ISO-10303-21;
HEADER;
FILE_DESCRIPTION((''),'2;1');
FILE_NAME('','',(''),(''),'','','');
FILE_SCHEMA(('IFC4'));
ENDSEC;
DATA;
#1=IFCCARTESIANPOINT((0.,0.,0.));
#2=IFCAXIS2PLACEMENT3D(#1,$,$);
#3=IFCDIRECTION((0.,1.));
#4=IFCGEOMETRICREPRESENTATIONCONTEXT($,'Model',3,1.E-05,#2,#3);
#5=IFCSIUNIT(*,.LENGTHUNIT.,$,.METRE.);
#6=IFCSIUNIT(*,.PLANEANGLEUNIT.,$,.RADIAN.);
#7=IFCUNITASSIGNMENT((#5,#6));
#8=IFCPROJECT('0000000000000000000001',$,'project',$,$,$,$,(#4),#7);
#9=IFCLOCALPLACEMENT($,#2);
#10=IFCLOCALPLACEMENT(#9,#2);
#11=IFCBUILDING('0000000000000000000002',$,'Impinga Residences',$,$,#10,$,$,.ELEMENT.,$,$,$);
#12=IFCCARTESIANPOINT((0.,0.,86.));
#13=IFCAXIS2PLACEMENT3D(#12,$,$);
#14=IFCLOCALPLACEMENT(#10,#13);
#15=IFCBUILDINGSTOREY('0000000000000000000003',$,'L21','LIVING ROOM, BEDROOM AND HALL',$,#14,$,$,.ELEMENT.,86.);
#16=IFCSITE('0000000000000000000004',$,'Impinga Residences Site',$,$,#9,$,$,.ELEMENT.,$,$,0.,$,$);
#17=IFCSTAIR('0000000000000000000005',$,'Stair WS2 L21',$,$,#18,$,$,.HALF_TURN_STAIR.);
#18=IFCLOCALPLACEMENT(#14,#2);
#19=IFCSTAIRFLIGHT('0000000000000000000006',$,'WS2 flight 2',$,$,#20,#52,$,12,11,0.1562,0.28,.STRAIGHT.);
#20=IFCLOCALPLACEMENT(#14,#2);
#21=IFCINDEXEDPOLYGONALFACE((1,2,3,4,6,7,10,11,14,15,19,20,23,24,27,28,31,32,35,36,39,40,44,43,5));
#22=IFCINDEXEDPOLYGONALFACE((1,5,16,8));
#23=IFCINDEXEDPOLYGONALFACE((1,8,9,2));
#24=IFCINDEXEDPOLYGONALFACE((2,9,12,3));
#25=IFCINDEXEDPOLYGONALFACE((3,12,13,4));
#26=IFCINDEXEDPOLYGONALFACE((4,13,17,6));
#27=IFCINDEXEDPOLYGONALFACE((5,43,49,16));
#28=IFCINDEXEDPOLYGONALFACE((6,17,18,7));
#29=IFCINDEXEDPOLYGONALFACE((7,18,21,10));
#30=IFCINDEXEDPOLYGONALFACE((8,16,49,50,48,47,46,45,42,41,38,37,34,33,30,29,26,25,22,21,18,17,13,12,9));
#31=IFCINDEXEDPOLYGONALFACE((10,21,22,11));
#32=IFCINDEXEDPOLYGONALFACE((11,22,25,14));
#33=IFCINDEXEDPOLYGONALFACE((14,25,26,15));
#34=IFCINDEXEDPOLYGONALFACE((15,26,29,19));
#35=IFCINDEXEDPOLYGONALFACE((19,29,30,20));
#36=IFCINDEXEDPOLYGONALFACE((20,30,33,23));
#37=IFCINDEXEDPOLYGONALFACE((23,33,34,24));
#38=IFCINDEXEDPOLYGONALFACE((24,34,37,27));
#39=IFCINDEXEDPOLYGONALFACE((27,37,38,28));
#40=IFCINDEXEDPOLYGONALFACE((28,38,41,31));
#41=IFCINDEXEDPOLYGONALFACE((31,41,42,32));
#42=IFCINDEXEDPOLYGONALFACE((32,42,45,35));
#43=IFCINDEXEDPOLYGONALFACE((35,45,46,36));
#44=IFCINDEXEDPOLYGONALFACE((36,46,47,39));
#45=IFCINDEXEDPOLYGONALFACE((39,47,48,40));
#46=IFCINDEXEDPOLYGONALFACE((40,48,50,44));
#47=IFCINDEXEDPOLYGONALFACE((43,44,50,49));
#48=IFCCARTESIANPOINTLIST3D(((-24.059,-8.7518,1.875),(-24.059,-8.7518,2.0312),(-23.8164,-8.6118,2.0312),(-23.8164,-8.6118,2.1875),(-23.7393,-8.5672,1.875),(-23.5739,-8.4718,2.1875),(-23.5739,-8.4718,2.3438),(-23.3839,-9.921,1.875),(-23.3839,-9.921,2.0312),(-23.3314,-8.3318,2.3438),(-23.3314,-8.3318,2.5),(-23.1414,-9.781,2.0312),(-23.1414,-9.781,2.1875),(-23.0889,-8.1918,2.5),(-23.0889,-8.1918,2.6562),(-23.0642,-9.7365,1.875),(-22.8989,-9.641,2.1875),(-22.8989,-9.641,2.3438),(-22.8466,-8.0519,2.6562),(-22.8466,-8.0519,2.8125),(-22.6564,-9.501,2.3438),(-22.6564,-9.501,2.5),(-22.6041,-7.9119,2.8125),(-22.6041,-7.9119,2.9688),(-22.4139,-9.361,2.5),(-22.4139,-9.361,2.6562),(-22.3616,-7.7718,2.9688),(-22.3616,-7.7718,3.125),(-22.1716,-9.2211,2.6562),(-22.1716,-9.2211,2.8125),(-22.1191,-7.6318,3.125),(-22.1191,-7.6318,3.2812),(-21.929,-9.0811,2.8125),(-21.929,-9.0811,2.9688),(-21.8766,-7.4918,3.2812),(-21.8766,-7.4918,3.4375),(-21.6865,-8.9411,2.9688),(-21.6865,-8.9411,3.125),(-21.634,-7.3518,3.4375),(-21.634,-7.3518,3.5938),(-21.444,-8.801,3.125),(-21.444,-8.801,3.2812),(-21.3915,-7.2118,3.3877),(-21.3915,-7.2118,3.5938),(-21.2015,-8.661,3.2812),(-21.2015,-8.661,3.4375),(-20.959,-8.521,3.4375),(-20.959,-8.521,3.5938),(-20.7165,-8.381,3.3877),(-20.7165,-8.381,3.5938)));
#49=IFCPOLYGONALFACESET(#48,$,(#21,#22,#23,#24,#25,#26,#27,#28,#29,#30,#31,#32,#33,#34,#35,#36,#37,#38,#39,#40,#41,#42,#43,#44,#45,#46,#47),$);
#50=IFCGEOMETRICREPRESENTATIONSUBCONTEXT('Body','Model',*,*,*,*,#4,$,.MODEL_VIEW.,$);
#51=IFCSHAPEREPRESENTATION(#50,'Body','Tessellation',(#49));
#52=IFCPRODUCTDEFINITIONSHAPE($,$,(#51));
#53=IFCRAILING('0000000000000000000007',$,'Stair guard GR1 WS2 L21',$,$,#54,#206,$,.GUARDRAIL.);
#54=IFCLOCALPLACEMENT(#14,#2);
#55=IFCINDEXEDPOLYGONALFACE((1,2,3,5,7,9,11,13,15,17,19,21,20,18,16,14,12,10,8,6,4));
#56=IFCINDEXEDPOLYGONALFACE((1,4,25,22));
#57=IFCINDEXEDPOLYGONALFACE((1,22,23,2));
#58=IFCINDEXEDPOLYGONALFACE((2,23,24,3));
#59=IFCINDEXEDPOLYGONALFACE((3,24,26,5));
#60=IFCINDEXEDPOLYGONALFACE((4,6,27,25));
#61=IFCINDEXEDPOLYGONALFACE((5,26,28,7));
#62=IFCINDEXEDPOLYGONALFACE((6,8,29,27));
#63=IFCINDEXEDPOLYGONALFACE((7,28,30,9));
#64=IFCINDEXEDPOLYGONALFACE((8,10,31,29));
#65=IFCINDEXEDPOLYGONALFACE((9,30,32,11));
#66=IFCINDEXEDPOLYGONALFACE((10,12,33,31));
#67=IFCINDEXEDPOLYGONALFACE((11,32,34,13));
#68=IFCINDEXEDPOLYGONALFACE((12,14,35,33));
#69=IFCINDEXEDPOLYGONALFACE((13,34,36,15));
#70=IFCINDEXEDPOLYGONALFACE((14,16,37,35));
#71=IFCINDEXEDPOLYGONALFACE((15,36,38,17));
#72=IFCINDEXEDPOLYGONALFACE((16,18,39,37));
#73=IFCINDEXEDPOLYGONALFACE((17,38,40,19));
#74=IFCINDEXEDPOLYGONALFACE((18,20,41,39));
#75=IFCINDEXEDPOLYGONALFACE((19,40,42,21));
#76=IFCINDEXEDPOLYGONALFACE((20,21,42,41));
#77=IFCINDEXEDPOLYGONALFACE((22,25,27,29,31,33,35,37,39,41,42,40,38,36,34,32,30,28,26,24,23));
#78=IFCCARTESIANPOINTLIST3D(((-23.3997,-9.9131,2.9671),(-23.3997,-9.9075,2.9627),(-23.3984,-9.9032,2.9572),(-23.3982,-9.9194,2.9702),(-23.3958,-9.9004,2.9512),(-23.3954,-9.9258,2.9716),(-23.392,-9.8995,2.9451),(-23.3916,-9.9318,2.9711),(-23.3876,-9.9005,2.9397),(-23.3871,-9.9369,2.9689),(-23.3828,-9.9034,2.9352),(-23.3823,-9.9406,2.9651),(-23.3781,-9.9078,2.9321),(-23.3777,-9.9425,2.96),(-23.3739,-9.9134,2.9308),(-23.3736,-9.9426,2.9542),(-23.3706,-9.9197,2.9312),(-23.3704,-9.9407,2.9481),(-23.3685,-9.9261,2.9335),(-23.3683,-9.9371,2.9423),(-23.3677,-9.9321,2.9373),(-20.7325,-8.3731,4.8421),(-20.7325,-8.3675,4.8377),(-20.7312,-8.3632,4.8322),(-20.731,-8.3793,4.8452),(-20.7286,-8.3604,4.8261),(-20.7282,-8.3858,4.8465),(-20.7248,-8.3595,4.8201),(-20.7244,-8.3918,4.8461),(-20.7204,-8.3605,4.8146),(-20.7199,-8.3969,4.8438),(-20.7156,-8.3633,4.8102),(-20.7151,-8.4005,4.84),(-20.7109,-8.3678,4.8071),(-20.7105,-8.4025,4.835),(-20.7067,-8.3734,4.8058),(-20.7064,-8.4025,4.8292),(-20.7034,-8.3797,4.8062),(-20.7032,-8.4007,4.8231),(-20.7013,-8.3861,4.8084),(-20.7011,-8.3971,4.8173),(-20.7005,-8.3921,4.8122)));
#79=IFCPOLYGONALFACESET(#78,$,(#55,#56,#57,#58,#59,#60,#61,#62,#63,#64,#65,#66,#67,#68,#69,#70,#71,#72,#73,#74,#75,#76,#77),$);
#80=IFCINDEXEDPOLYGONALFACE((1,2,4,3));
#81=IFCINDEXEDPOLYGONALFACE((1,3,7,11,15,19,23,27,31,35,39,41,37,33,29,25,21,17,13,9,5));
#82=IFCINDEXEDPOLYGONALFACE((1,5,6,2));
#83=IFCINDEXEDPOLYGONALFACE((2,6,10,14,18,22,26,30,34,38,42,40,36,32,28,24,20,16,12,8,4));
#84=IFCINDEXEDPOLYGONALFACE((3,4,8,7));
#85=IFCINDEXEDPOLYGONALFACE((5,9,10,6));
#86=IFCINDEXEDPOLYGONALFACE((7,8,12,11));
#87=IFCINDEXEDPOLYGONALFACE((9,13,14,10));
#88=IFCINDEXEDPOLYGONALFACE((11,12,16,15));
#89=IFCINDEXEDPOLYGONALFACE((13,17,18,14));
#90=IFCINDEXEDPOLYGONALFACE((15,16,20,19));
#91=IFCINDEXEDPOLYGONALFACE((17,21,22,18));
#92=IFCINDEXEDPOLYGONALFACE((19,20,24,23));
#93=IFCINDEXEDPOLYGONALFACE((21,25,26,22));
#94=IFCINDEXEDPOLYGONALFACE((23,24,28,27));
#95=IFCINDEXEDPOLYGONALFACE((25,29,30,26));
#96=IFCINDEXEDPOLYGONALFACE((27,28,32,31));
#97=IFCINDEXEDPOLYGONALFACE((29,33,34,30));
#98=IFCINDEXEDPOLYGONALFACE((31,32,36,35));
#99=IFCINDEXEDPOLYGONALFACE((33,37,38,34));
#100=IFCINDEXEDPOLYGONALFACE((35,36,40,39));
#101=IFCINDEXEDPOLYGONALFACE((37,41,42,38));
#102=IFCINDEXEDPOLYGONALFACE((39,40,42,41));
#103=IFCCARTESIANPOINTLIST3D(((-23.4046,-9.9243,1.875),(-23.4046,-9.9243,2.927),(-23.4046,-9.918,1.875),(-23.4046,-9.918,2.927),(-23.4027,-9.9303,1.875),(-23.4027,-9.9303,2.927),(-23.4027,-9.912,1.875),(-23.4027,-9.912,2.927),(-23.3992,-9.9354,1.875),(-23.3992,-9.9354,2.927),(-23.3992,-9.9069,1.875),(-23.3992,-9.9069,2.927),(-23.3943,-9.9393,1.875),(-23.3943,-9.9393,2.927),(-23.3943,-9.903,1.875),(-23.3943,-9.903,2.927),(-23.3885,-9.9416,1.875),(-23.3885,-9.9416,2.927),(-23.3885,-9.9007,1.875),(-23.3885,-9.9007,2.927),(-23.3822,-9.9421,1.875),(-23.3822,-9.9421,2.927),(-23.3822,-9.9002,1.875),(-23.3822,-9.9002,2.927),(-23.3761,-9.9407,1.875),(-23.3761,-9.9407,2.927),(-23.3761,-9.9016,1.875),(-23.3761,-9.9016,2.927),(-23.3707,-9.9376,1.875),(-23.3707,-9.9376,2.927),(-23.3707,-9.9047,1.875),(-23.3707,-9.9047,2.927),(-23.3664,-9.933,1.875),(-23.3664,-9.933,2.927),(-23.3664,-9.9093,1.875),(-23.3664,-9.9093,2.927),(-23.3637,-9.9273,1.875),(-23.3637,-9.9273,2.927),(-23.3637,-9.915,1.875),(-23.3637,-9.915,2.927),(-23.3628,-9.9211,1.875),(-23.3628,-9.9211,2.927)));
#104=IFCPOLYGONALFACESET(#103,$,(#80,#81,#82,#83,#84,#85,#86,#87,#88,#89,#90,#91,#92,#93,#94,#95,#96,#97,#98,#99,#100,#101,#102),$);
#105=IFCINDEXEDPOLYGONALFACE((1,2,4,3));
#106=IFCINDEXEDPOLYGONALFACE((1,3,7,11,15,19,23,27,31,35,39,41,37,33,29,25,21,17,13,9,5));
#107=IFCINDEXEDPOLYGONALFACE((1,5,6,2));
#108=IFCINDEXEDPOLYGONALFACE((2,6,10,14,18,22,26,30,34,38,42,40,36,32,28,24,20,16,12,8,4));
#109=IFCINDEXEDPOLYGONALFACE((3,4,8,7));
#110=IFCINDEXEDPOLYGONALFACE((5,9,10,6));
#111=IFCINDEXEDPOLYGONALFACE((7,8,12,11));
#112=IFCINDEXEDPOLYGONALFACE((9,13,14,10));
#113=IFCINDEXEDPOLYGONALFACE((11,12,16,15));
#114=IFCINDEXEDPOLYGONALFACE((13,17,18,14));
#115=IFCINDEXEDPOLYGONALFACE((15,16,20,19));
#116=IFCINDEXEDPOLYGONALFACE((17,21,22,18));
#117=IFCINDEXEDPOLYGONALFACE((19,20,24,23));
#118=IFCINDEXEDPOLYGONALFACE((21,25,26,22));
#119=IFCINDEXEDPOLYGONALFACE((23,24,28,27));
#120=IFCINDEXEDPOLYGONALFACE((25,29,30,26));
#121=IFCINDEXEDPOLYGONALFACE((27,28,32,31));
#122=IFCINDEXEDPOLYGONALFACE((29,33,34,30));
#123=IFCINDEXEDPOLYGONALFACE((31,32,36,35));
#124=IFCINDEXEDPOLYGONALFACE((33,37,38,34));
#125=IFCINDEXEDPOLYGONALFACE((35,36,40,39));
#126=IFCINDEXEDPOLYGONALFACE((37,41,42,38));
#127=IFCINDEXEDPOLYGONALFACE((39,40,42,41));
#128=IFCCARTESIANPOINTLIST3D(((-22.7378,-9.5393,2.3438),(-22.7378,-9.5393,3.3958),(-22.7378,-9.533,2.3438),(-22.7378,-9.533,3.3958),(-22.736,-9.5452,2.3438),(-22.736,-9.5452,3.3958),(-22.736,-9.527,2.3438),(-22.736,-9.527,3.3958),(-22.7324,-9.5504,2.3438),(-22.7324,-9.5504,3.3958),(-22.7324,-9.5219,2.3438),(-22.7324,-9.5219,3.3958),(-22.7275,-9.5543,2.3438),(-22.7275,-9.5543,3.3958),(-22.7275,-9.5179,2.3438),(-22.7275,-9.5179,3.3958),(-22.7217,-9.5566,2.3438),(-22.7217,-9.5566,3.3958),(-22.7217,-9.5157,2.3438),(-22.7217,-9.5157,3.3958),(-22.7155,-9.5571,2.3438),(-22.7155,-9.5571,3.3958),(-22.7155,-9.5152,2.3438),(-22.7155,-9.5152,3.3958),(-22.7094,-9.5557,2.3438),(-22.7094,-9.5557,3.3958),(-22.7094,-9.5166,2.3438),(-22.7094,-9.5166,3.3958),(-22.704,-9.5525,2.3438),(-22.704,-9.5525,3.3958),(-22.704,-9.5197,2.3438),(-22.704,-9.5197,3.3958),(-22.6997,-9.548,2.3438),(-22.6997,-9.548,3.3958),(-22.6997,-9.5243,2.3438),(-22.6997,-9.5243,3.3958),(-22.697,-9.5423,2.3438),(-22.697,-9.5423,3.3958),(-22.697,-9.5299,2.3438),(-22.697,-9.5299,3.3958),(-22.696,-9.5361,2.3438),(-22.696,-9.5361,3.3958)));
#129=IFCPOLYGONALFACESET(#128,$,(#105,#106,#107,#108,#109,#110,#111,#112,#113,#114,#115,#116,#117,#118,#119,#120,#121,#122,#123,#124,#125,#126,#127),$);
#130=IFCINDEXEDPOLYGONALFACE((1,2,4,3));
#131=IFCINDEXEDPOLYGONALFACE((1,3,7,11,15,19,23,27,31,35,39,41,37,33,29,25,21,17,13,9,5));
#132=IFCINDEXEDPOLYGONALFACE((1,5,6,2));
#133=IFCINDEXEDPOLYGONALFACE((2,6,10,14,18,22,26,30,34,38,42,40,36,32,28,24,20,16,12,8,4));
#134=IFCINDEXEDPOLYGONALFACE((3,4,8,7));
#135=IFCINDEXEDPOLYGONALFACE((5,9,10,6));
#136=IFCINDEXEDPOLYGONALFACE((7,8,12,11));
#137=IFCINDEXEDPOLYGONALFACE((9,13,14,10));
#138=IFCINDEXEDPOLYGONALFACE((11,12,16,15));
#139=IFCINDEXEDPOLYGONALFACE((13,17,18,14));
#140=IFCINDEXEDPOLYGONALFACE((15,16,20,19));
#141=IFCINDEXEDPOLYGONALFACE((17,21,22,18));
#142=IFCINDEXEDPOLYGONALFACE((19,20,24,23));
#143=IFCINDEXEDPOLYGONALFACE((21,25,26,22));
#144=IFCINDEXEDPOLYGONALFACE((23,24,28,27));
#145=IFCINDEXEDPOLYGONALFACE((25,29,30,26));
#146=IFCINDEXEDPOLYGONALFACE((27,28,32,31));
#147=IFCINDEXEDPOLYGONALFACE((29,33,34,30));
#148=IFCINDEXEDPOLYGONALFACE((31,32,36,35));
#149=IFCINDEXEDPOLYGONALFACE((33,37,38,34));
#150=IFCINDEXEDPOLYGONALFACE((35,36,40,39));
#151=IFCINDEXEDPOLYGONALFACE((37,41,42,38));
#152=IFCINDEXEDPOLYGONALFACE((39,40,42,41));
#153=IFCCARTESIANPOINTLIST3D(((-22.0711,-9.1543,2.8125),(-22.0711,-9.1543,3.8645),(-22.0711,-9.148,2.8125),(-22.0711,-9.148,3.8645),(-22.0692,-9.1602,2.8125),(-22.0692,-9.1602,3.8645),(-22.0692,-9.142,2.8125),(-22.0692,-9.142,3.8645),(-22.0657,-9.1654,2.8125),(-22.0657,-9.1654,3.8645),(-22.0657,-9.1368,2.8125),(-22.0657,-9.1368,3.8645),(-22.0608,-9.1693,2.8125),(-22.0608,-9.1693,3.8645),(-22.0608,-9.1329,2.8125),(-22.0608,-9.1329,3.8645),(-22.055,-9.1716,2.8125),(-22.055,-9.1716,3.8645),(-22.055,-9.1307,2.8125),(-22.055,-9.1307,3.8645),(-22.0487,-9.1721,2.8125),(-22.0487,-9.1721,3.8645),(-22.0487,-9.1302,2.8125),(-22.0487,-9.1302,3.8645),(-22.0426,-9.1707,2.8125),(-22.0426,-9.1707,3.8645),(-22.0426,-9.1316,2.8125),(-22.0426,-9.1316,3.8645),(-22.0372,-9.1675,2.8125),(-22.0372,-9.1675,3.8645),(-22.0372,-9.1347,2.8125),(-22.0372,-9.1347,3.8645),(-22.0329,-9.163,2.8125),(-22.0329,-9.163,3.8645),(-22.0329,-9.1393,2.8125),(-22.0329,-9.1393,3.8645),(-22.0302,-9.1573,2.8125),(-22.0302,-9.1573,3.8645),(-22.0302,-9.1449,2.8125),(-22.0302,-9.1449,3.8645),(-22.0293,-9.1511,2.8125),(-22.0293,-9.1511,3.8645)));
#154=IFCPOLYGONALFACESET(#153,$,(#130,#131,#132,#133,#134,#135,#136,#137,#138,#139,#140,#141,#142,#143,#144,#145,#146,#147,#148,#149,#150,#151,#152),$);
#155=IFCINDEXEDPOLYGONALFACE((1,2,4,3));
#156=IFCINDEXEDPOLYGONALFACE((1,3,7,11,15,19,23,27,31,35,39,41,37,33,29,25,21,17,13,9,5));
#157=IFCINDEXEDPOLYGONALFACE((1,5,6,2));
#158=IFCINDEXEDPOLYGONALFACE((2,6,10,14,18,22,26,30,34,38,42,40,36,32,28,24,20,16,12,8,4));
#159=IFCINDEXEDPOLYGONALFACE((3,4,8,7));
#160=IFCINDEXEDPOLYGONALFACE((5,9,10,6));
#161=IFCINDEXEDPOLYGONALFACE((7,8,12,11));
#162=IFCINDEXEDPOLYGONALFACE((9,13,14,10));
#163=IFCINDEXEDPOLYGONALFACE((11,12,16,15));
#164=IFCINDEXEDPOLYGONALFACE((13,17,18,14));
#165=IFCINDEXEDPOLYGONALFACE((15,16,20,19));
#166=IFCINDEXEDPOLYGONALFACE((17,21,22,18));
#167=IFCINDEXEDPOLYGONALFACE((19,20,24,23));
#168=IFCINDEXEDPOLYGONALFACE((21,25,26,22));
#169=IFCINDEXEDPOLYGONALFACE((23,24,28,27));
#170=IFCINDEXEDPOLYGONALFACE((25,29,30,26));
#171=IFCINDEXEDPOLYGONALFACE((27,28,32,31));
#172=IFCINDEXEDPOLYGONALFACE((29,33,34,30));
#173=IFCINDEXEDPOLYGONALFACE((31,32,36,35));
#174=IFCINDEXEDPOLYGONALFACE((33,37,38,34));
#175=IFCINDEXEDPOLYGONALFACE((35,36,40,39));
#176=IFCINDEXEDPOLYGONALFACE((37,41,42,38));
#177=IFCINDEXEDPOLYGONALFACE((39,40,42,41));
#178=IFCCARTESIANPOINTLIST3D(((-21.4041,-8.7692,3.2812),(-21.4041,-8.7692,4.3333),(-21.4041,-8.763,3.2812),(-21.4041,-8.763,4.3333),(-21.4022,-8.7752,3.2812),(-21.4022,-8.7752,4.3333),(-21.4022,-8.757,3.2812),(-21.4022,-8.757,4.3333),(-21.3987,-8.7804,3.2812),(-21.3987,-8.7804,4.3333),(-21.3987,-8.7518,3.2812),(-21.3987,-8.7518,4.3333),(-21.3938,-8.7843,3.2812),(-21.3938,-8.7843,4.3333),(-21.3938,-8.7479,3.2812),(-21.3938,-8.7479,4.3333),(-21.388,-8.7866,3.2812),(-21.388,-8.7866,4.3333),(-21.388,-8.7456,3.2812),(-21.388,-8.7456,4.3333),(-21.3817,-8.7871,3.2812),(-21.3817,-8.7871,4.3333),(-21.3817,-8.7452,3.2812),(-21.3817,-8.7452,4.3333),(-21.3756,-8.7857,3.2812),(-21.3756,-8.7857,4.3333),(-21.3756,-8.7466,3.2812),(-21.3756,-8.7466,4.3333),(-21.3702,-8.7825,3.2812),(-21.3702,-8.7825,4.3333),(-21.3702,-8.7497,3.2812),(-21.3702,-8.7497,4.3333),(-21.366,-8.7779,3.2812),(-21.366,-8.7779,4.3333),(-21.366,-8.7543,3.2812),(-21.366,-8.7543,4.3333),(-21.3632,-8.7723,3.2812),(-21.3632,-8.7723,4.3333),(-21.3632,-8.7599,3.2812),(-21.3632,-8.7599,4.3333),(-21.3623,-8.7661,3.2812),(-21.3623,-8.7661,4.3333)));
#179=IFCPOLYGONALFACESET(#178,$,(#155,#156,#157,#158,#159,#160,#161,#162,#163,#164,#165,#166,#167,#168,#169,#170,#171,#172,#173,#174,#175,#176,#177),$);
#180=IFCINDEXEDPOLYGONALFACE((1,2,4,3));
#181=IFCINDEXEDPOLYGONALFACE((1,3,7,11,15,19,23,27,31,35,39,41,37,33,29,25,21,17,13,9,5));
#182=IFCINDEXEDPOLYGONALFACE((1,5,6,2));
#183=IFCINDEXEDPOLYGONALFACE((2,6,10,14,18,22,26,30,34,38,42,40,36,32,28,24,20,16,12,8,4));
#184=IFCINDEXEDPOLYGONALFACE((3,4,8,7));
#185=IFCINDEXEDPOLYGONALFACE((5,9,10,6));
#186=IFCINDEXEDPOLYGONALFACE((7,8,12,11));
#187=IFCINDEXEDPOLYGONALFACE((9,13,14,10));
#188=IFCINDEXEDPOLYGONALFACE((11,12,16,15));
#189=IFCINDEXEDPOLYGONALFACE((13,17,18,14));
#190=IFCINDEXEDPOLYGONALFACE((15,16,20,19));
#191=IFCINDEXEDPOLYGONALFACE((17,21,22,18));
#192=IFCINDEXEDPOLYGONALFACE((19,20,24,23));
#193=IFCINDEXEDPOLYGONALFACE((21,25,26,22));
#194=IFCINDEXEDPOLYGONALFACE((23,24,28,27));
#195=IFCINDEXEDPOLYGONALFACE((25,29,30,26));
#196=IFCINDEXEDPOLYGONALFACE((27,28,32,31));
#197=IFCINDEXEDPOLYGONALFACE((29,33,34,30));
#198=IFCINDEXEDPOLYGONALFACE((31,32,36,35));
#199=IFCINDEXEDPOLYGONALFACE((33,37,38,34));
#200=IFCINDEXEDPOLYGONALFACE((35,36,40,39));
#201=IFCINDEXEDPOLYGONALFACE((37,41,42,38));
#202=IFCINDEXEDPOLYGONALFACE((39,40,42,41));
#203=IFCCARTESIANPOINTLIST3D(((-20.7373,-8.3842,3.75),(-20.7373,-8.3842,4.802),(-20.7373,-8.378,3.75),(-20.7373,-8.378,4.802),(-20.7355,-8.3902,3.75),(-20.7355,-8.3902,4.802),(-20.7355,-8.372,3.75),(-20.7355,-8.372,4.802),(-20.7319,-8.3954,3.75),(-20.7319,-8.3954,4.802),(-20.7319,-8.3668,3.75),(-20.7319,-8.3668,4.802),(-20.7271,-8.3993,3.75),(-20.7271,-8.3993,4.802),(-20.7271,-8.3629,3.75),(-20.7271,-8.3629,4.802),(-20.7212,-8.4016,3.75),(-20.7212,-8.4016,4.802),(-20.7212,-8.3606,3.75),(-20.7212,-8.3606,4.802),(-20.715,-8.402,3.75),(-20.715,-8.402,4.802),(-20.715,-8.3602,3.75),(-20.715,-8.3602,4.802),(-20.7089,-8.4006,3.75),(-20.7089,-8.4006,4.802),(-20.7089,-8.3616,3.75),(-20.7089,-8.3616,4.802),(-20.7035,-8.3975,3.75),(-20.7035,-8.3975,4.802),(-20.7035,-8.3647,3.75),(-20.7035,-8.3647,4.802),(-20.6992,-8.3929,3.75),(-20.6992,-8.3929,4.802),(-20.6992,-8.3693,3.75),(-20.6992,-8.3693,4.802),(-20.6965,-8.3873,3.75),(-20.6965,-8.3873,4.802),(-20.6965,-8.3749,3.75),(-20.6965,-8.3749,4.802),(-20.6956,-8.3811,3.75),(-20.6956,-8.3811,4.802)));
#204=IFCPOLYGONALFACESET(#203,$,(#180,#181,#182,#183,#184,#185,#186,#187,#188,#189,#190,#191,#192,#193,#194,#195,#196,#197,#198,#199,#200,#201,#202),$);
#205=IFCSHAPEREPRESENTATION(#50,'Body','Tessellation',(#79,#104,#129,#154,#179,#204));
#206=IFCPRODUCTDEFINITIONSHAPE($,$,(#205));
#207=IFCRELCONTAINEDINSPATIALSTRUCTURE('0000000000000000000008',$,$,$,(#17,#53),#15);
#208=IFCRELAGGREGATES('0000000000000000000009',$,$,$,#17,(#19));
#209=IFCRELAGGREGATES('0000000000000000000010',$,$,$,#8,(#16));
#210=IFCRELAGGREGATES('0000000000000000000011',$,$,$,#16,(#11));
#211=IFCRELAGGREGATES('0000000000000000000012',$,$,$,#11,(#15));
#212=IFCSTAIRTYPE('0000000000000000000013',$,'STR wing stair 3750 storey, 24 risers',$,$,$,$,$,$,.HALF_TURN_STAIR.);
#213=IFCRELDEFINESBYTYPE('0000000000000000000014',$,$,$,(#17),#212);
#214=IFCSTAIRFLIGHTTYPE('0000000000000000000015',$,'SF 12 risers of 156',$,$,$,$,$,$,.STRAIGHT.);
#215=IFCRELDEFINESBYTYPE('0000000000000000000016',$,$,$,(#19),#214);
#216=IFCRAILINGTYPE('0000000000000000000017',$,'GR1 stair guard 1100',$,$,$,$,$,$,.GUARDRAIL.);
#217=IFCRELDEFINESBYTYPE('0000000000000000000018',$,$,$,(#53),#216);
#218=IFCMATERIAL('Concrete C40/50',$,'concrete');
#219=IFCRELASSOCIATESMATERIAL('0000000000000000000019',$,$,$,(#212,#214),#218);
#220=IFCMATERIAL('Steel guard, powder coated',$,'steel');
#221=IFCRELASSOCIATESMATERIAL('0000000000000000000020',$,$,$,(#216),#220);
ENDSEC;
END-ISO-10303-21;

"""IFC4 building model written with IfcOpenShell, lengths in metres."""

from ifc_helpers import new_model, si_unit, direction, frame, origin, origin_2d, place, context, subcontext, project, spatial, polyline, circle, outline, extrude, material, type_object, element, aggregate, save


model = new_model("IFC4")

# Units and contexts
model_context = context("Model", 3, precision=1e-05, world=origin(), true_north=direction((0.0, 1.0)))
body_context = subcontext(model_context, "Body", "Model", "MODEL_VIEW")
ifc_project = project(units=[si_unit("LENGTHUNIT", "METRE"), si_unit("PLANEANGLEUNIT", "RADIAN")], contexts=[model_context])

# Site, building, storey
site_placement = place(None, origin())
site = spatial("IfcSite", under=ifc_project, at=site_placement, Name="Impinga Residences Site", CompositionType="ELEMENT", RefElevation=0.0)
building_placement = place(site_placement, origin())
building = spatial("IfcBuilding", under=site, at=building_placement, Name="Impinga Residences", CompositionType="ELEMENT")
storey_placement = place(building_placement, frame((0.0, 0.0, 86.0)))
storey = spatial("IfcBuildingStorey", under=building, at=storey_placement, Name="L21", Description="LIVING ROOM, BEDROOM AND HALL", CompositionType="ELEMENT", Elevation=86.0)

# Stair, stair flight
ifc_material_1 = material(Name="Concrete C40/50", Category="concrete")
stair_type = type_object("IfcStairType", Name="STR wing stair 3750 storey, 24 risers", PredefinedType="HALF_TURN_STAIR", material=ifc_material_1)
stair_placement = place(storey_placement, origin())
stair = element("IfcStair", 1, at=stair_placement, inside=storey, type_object=stair_type, Name="Stair WS2 L21", PredefinedType="HALF_TURN_STAIR")
stair_flight_type = type_object("IfcStairFlightType", Name="SF 12 risers of 156", PredefinedType="STRAIGHT", material=ifc_material_1)
stair_flight_1_placement = place(storey_placement, frame((-23.7214, -9.3364, 1.875), z_axis=(0.0, 0.0, 1.0), x_axis=(0.866025, 0.5, 0.0)))
stair_flight_1 = element("IfcStairFlight", 2, at=stair_flight_1_placement, type_object=stair_flight_type, Name="WS2 flight 2", NumberOfRisers=12, NumberOfTreads=11, PredefinedType="STRAIGHT", RiserHeight=0.1562, TreadLength=0.28, context=body_context, shape_type="SweptSolid", body=[
    extrude(outline(polyline([(0.0, 0.0), (0.0, 0.1562), (0.28, 0.1562), (0.28, 0.3125), (0.5601, 0.3125), (0.5601, 0.4688), (0.8401, 0.4688), (0.8401, 0.625), (1.1201, 0.625), (1.1201, 0.7812), (1.3999, 0.7812), (1.3999, 0.9375), (1.6799, 0.9375), (1.6799, 1.0938), (1.96, 1.0938), (1.96, 1.25), (2.24, 1.25), (2.24, 1.4062), (2.52, 1.4062), (2.52, 1.5625), (2.8, 1.5625), (2.8, 1.7188), (3.0801, 1.7188), (3.0801, 1.875), (3.0801, 1.5127), (0.3691, 0.0), (0.0, 0.0)])), frame((0.0, 0.675, 0.0), z_axis=(0.0, -1.0, 0.0), x_axis=(1.0, 0.0, 0.0)), (0.0, 0.0, 1.0), 1.3501),
])
aggregate(stair, [stair_flight_1])

# Railing
ifc_material_2 = material(Name="Steel guard, powder coated", Category="steel")
railing_type_1 = type_object("IfcRailingType", Name="GR1 stair guard 1100", PredefinedType="GUARDRAIL", material=ifc_material_2)
railing_1_placement = place(storey_placement, frame((-23.3838, -9.9211, 1.875)))
element("IfcRailing", 3, at=railing_1_placement, inside=storey, type_object=railing_type_1, Name="Stair guard GR1 WS2 L21", PredefinedType="GUARDRAIL", context=body_context, shape_type="SweptSolid", body=[
    extrude(circle(Radius=0.0239, at=origin_2d()), frame((0.0, 0.0, 1.0762), z_axis=(0.739716, 0.427105, 0.520002), x_axis=(-0.500027, 0.86601, 0.0)), (0.0, 0.0, 1.0), 3.6057),
    extrude(circle(Radius=0.021, at=origin_2d()), origin(), (0.0, 0.0, 1.0), 1.052),
    extrude(circle(Radius=0.021, at=origin_2d()), frame((0.6667, 0.385, 0.4688)), (0.0, 0.0, 1.0), 1.052),
    extrude(circle(Radius=0.021, at=origin_2d()), frame((1.3335, 0.77, 0.9375)), (0.0, 0.0, 1.0), 1.052),
    extrude(circle(Radius=0.021, at=origin_2d()), frame((2.0005, 1.155, 1.4062)), (0.0, 0.0, 1.0), 1.052),
    extrude(circle(Radius=0.021, at=origin_2d()), frame((2.6672, 1.54, 1.875)), (0.0, 0.0, 1.0), 1.052),
])

save(model, "model.ifc")
